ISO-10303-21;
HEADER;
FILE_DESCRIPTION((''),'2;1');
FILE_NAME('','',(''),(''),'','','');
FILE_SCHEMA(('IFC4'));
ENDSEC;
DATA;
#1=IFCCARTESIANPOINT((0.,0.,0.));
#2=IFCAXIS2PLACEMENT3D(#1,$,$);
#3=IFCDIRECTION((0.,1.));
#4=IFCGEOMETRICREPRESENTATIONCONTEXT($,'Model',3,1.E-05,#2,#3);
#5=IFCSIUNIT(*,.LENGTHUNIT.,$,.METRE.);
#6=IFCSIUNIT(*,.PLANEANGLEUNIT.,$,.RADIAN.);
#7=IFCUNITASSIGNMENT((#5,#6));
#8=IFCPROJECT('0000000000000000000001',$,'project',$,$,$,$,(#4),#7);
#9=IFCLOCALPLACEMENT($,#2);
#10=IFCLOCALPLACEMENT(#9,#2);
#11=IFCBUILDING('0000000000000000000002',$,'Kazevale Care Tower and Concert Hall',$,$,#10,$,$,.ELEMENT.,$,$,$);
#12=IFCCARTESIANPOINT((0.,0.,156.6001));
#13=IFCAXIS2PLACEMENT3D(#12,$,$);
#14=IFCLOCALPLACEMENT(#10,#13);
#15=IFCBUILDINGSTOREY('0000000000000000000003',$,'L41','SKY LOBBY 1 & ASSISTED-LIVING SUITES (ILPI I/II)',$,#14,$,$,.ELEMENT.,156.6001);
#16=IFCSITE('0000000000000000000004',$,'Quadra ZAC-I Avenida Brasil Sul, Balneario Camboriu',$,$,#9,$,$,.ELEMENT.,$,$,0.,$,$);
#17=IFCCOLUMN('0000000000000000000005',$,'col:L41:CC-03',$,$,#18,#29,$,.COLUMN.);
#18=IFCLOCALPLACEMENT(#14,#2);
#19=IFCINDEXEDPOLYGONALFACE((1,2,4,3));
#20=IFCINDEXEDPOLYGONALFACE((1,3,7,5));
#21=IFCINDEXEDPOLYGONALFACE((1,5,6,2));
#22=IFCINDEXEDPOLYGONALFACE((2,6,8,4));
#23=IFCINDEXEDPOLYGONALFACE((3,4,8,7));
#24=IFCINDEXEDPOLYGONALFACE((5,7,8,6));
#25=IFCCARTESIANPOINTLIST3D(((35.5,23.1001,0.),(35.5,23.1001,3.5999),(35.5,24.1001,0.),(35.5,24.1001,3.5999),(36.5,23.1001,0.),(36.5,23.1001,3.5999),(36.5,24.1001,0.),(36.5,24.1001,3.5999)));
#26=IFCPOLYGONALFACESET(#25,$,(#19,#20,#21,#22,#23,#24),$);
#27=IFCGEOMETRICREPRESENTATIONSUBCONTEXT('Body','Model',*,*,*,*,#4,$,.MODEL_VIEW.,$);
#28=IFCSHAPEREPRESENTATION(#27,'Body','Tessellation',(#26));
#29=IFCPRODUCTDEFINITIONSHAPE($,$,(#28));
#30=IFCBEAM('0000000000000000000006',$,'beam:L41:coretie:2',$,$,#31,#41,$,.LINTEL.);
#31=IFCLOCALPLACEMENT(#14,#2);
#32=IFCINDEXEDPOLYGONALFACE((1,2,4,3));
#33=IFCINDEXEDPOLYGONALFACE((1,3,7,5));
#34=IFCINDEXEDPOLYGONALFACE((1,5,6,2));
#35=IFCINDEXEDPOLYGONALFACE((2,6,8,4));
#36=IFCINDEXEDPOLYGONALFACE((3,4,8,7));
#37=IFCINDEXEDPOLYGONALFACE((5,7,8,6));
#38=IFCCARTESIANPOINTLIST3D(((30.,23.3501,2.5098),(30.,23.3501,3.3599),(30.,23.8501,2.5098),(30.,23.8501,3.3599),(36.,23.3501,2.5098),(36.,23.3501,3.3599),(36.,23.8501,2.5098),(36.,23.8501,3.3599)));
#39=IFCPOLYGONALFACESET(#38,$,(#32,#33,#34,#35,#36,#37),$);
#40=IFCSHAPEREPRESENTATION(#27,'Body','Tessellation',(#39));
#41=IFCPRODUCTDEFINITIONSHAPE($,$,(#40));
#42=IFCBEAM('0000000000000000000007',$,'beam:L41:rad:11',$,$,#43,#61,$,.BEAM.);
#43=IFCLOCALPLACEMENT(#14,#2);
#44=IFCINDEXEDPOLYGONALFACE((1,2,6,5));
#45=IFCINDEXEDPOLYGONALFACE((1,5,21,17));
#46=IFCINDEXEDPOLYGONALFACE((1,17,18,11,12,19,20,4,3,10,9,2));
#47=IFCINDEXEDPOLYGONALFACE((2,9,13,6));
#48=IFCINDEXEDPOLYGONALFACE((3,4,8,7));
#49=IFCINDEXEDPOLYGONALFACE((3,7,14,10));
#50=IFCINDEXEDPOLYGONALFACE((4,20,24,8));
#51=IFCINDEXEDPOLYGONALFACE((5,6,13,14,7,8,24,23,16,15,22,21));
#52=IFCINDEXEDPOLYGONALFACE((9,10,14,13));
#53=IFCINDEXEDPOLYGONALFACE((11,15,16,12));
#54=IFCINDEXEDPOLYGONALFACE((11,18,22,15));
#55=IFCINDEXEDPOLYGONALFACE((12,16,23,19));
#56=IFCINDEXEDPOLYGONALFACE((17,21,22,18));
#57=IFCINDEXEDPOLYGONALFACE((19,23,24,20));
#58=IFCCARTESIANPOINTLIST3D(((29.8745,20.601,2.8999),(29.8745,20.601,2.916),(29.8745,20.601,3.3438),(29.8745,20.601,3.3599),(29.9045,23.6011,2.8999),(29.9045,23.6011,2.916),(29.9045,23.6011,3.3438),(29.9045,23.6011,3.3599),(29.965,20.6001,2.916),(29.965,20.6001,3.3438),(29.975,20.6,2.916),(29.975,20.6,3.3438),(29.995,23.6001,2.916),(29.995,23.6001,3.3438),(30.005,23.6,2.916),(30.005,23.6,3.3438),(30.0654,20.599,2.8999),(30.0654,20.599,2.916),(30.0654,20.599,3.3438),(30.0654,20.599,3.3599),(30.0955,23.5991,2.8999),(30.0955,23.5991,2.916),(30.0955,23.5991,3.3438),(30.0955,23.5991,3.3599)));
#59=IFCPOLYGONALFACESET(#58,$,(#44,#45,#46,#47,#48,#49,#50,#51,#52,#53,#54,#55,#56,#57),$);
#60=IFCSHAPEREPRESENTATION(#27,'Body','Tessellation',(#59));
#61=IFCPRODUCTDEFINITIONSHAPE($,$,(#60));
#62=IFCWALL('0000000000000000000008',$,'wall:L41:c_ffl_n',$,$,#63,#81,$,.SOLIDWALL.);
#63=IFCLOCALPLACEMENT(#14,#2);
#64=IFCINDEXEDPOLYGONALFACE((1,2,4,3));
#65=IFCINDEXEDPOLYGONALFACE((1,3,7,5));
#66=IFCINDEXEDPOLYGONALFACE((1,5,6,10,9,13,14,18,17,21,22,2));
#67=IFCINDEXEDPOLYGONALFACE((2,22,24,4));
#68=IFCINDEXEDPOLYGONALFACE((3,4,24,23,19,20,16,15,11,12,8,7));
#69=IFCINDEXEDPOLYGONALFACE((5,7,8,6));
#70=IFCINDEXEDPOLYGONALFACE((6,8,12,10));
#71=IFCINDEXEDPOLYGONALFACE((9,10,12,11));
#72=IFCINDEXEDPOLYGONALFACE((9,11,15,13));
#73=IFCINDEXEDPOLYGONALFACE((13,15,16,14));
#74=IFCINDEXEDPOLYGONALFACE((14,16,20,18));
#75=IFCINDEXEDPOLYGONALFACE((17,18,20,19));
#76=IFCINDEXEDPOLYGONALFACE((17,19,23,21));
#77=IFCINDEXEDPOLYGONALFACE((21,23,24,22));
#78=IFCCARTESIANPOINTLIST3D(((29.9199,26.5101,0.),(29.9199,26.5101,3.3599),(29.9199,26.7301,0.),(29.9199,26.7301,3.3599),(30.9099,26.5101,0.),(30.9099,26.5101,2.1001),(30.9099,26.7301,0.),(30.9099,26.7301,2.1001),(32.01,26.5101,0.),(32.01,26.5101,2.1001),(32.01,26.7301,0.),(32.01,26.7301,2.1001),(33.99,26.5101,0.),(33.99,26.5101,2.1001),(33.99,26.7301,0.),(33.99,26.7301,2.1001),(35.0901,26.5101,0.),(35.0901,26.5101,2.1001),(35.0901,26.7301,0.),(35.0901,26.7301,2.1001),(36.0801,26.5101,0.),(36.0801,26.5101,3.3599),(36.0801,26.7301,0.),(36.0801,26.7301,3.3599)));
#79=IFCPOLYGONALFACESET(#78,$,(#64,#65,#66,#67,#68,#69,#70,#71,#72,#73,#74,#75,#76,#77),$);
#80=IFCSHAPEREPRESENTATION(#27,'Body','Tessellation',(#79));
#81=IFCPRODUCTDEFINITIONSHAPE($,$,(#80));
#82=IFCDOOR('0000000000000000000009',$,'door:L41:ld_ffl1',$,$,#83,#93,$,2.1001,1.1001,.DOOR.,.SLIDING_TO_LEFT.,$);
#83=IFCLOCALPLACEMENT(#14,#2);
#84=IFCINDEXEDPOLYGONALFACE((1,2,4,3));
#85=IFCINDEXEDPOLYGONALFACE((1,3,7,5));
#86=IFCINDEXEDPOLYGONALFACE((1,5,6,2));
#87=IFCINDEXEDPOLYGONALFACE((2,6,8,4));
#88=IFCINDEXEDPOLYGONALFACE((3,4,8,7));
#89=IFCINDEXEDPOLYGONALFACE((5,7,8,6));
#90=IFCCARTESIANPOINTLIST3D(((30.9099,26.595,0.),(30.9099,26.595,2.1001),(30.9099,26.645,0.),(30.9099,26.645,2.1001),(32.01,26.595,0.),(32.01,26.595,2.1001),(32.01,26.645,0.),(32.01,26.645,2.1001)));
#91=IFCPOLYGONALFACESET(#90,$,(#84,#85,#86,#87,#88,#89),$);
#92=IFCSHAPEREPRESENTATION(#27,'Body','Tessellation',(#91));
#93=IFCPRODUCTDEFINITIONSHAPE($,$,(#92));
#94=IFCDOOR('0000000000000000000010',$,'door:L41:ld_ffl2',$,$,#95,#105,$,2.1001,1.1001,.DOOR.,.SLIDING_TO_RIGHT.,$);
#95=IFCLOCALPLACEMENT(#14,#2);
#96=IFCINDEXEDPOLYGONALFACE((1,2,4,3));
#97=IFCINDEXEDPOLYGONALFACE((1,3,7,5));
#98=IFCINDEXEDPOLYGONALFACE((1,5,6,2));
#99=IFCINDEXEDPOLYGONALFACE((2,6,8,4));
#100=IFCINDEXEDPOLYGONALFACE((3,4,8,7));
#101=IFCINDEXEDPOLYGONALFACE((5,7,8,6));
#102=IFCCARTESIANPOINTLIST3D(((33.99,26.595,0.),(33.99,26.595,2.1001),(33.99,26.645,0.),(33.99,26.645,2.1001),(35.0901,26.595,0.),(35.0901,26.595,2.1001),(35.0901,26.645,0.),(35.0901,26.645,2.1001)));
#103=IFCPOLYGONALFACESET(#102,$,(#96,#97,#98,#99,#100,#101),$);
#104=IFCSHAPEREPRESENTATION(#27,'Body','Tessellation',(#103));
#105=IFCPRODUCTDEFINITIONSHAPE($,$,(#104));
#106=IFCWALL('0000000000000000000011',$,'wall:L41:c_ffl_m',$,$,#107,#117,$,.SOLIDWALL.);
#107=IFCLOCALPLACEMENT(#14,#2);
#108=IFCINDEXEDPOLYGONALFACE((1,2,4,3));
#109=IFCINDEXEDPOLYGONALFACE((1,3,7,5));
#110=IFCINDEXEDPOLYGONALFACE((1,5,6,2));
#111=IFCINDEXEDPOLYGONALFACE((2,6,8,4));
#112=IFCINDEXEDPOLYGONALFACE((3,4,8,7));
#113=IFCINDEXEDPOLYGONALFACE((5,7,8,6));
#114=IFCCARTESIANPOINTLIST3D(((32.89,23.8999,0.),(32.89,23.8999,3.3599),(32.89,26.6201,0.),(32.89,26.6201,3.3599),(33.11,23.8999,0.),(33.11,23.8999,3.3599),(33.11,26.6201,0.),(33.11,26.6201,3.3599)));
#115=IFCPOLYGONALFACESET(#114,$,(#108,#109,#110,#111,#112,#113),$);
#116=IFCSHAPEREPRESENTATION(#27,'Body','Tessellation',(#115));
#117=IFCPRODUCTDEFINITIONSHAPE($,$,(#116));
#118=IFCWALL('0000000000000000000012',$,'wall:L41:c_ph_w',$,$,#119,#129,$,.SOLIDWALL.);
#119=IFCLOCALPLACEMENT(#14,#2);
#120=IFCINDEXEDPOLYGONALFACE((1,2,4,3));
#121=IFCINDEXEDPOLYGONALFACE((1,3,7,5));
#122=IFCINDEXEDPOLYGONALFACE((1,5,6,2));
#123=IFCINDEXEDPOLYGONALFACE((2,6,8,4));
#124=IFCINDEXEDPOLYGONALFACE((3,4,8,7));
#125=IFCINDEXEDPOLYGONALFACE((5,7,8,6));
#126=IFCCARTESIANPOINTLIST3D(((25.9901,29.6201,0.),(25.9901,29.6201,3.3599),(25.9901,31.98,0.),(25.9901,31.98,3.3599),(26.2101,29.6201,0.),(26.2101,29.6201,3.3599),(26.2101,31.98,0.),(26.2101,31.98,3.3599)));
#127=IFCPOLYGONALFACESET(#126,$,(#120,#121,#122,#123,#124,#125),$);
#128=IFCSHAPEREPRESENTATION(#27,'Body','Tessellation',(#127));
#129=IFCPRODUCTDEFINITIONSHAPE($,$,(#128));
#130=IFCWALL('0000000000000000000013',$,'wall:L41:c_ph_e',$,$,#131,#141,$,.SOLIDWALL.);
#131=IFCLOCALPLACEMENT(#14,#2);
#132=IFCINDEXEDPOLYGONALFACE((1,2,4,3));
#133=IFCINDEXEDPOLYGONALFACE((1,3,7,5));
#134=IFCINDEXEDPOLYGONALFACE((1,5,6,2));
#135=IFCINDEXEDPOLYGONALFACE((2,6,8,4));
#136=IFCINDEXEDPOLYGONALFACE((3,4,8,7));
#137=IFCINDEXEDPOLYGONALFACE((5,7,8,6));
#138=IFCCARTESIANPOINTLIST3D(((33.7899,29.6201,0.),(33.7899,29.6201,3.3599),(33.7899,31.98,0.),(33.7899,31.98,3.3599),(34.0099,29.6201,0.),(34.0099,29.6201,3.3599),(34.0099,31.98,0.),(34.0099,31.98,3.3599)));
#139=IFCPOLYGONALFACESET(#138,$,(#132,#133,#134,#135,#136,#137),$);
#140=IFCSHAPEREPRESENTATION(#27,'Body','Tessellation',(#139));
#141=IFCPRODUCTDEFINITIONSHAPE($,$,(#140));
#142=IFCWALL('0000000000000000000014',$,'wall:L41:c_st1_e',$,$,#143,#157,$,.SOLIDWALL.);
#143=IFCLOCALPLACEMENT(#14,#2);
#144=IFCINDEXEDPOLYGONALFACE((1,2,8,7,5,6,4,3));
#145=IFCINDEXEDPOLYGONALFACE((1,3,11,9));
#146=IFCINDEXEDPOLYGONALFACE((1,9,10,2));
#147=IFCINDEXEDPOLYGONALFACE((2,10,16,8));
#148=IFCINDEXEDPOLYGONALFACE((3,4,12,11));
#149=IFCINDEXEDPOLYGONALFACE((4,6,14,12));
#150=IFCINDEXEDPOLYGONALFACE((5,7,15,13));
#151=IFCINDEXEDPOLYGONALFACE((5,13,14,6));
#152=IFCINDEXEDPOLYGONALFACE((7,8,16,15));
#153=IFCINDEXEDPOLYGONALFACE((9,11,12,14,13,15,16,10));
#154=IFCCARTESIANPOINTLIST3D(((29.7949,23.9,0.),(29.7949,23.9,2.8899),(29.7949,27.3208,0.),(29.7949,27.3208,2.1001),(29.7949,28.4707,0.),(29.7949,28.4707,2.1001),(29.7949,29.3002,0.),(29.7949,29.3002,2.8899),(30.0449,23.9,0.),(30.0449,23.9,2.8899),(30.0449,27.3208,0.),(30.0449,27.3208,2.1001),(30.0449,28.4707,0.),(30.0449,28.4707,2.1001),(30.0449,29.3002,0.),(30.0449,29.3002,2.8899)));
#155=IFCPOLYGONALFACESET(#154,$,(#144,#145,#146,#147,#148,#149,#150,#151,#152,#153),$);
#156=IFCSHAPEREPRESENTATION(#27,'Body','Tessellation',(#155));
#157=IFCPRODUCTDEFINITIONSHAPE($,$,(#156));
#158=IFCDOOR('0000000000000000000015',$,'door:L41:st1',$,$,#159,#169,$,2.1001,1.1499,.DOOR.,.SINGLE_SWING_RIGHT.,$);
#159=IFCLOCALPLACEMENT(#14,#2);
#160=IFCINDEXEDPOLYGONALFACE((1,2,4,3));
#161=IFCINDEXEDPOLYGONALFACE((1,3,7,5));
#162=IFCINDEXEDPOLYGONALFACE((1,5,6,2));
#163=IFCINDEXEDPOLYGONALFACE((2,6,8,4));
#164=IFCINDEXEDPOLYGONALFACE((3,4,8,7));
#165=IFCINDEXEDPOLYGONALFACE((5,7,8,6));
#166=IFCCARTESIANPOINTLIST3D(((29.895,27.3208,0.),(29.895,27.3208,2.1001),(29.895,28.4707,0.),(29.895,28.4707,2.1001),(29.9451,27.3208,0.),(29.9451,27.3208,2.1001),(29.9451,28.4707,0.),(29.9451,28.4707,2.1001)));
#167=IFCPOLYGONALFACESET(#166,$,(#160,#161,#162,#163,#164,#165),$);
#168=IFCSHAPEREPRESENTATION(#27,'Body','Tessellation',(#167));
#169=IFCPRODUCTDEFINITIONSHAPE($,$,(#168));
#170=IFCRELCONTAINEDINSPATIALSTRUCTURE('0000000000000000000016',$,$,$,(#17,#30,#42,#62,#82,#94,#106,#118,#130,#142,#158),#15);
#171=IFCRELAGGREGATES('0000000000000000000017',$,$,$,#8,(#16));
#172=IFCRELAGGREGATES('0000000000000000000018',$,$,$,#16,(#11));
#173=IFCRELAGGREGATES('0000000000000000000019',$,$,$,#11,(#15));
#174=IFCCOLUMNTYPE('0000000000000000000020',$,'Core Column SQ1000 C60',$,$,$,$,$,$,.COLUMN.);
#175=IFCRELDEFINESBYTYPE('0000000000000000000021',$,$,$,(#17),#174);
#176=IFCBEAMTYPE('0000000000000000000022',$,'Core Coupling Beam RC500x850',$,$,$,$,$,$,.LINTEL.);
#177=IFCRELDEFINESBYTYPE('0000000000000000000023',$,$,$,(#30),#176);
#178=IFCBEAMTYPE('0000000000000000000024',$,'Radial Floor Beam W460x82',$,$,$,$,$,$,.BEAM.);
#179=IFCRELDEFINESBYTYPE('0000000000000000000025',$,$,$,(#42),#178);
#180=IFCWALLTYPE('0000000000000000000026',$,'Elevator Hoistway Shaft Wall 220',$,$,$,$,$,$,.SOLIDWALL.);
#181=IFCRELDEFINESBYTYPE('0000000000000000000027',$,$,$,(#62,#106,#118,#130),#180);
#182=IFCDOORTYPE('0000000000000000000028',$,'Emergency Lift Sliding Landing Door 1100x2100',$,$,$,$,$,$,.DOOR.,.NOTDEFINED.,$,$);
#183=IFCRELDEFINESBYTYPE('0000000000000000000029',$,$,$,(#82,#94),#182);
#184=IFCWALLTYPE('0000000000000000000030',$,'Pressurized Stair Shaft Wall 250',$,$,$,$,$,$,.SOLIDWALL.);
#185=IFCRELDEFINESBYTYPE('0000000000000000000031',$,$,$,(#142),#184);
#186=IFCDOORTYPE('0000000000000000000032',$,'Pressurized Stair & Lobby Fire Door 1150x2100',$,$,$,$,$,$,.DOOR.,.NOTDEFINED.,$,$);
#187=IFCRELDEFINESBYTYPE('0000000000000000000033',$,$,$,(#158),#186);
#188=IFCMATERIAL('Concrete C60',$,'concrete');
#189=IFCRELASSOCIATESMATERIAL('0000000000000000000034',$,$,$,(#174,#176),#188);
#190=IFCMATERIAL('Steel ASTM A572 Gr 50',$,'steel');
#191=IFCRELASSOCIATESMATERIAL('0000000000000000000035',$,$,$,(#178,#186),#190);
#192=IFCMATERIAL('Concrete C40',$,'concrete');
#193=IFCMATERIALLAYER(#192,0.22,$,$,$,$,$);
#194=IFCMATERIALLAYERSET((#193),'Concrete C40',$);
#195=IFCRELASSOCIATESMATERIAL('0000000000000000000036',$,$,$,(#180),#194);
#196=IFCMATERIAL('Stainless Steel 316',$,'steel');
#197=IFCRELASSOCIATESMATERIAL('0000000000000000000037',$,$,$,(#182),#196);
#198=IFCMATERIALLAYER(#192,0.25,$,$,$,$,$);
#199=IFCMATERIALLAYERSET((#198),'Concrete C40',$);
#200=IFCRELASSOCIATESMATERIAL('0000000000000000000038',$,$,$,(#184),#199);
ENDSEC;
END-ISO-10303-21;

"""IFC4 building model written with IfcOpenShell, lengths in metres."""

from ifc_helpers import new_model, si_unit, direction, frame, frame_2d, origin, origin_2d, place, context, subcontext, project, spatial, rectangle, i_section, extrude, material, layer, layer_set, material_profile, profile_set, type_object, element, fill, save


model = new_model("IFC4")

# Units and contexts
model_context = context("Model", 3, precision=1e-05, world=origin(), true_north=direction((0.0, 1.0)))
body_context = subcontext(model_context, "Body", "Model", "MODEL_VIEW")
ifc_project = project(units=[si_unit("LENGTHUNIT", "METRE"), si_unit("PLANEANGLEUNIT", "RADIAN")], contexts=[model_context])

# Site, building, storey
site_placement = place(None, origin())
site = spatial("IfcSite", under=ifc_project, at=site_placement, Name="Quadra ZAC-I Avenida Brasil Sul, Balneario Camboriu", CompositionType="ELEMENT", RefElevation=0.0)
building_placement = place(site_placement, origin())
building = spatial("IfcBuilding", under=site, at=building_placement, Name="Kazevale Care Tower and Concert Hall", CompositionType="ELEMENT")
storey_placement = place(building_placement, frame((0.0, 0.0, 156.6001)))
storey = spatial("IfcBuildingStorey", under=building, at=storey_placement, Name="L41", Description="SKY LOBBY 1 & ASSISTED-LIVING SUITES (ILPI I/II)", CompositionType="ELEMENT", Elevation=156.6001)

# Column
ifc_material_1 = material(Name="Concrete C60", Category="concrete")
ifc_material_profile_1 = material_profile(ifc_material_1, rectangle(XDim=1.0, YDim=1.0, at=origin_2d()), Name="RC-SQ1000")
ifc_profile_set_1 = profile_set([ifc_material_profile_1], Name="Concrete C60")
column_type = type_object("IfcColumnType", Name="Core Column SQ1000 C60", PredefinedType="COLUMN", material=ifc_profile_set_1)
column_placement = place(storey_placement, frame((36.0, 23.6001, 0.0), z_axis=(0.0, 0.0, 1.0), x_axis=(1.0, 0.0, 0.0)))
element("IfcColumn", 1, at=column_placement, inside=storey, type_object=column_type, Name="col:L41:CC-03", PredefinedType="COLUMN", context=body_context, shape_type="SweptSolid", body=[
    extrude(rectangle(XDim=1.0, YDim=1.0, at=origin_2d()), origin(), (0.0, 0.0, 1.0), 3.5999),
])

# Beams
ifc_material_profile_2 = material_profile(ifc_material_1, rectangle(XDim=0.5, YDim=0.8501, at=origin_2d()), Name="RC-B500x850")
ifc_profile_set_2 = profile_set([ifc_material_profile_2], Name="Concrete C60")
beam_type_1 = type_object("IfcBeamType", Name="Core Coupling Beam RC500x850", PredefinedType="LINTEL", material=ifc_profile_set_2)
beam_1_placement = place(storey_placement, frame((30.0, 23.6001, 2.9348), z_axis=(1.0, 0.0, 0.0), x_axis=(0.0, 1.0, 0.0)))
element("IfcBeam", 2, at=beam_1_placement, inside=storey, type_object=beam_type_1, Name="beam:L41:coretie:2", PredefinedType="LINTEL", context=body_context, shape_type="SweptSolid", body=[
    extrude(rectangle(XDim=0.5, YDim=0.8501, at=origin_2d()), origin(), (0.0, 0.0, 1.0), 6.0),
])
ifc_material_2 = material(Name="Steel ASTM A572 Gr 50", Category="steel")
ifc_material_profile_3 = material_profile(ifc_material_2, i_section(OverallWidth=0.1909, OverallDepth=0.46, WebThickness=0.01, FlangeThickness=0.0161, at=origin_2d()), Name="W460x82")
ifc_profile_set_3 = profile_set([ifc_material_profile_3], Name="Steel ASTM A572 Gr 50")
beam_type_2 = type_object("IfcBeamType", Name="Radial Floor Beam W460x82", PredefinedType="BEAM", material=ifc_profile_set_3)
beam_2_placement = place(storey_placement, frame((30.0, 23.6001, 3.1299), z_axis=(-0.010009, -0.99995, 0.0), x_axis=(0.99995, -0.010009, 0.0)))
element("IfcBeam", 3, at=beam_2_placement, inside=storey, type_object=beam_type_2, Name="beam:L41:rad:11", PredefinedType="BEAM", context=body_context, shape_type="SweptSolid", body=[
    extrude(i_section(OverallWidth=0.1909, OverallDepth=0.46, WebThickness=0.01, FlangeThickness=0.0161, at=origin_2d()), origin(), (0.0, 0.0, 1.0), 3.0002),
])

# Wall, openings, doors
ifc_material_3 = material(Name="Concrete C40", Category="concrete")
ifc_layer_1 = layer(ifc_material_3, 0.22)
ifc_layer_set_1 = layer_set([ifc_layer_1], Name="Concrete C40")
wall_type_1 = type_object("IfcWallType", Name="Elevator Hoistway Shaft Wall 220", PredefinedType="SOLIDWALL", material=ifc_layer_set_1)
wall_1_placement = place(storey_placement, frame((29.9199, 26.6201, 0.0), z_axis=(0.0, 0.0, 1.0), x_axis=(1.0, 0.0, 0.0)))
wall_1 = element("IfcWall", 4, at=wall_1_placement, inside=storey, type_object=wall_type_1, Name="wall:L41:c_ffl_n", PredefinedType="SOLIDWALL", context=body_context, shape_type="SweptSolid", body=[
    extrude(rectangle(XDim=6.1602, YDim=0.22, at=frame_2d((3.0801, 0.0))), origin(), (0.0, 0.0, 1.0), 3.3599),
])
opening_1_placement = place(wall_1_placement, frame((0.99, 0.0, 0.0)))
opening_1 = element("IfcOpeningElement", 5, at=opening_1_placement, cuts=wall_1, PredefinedType="OPENING", context=body_context, shape_type="SweptSolid", body=[
    extrude(rectangle(XDim=1.1001, YDim=2.1001, at=frame_2d((0.55, 1.05))), frame((0.0, 0.1199, 0.0), z_axis=(0.0, -1.0, 0.0), x_axis=(1.0, 0.0, 0.0)), (0.0, 0.0, 1.0), 0.24),
])
opening_2_placement = place(wall_1_placement, frame((4.0701, 0.0, 0.0)))
opening_2 = element("IfcOpeningElement", 6, at=opening_2_placement, cuts=wall_1, PredefinedType="OPENING", context=body_context, shape_type="SweptSolid", body=[
    extrude(rectangle(XDim=1.1001, YDim=2.1001, at=frame_2d((0.55, 1.05))), frame((0.0, 0.1199, 0.0), z_axis=(0.0, -1.0, 0.0), x_axis=(1.0, 0.0, 0.0)), (0.0, 0.0, 1.0), 0.24),
])
ifc_material_4 = material(Name="Stainless Steel 316", Category="steel")
door_type_1 = type_object("IfcDoorType", Name="Emergency Lift Sliding Landing Door 1100x2100", OperationType="NOTDEFINED", PredefinedType="DOOR", material=ifc_material_4)
door_1_placement = place(opening_1_placement, origin())
door_1 = element("IfcDoor", 7, at=door_1_placement, inside=storey, type_object=door_type_1, Name="door:L41:ld_ffl1", OperationType="SLIDING_TO_LEFT", OverallHeight=2.1001, OverallWidth=1.1001, PredefinedType="DOOR", context=body_context, shape_type="SweptSolid", body=[
    extrude(rectangle(XDim=1.1001, YDim=2.1001, at=frame_2d((0.55, 1.05))), frame((0.0, 0.0249, 0.0), z_axis=(0.0, -1.0, 0.0), x_axis=(1.0, 0.0, 0.0)), (0.0, 0.0, 1.0), 0.05),
])
fill(opening_1, door_1)
door_2_placement = place(opening_2_placement, origin())
door_2 = element("IfcDoor", 8, at=door_2_placement, inside=storey, type_object=door_type_1, Name="door:L41:ld_ffl2", OperationType="SLIDING_TO_RIGHT", OverallHeight=2.1001, OverallWidth=1.1001, PredefinedType="DOOR", context=body_context, shape_type="SweptSolid", body=[
    extrude(rectangle(XDim=1.1001, YDim=2.1001, at=frame_2d((0.55, 1.05))), frame((0.0, 0.0249, 0.0), z_axis=(0.0, -1.0, 0.0), x_axis=(1.0, 0.0, 0.0)), (0.0, 0.0, 1.0), 0.05),
])
fill(opening_2, door_2)

# Walls
wall_2_placement = place(storey_placement, frame((33.0, 23.8999, 0.0), z_axis=(0.0, 0.0, 1.0), x_axis=(0.0, 1.0, 0.0)))
element("IfcWall", 9, at=wall_2_placement, inside=storey, type_object=wall_type_1, Name="wall:L41:c_ffl_m", PredefinedType="SOLIDWALL", context=body_context, shape_type="SweptSolid", body=[
    extrude(rectangle(XDim=2.7202, YDim=0.22, at=frame_2d((1.3601, 0.0))), origin(), (0.0, 0.0, 1.0), 3.3599),
])
for number, where, z_axis, x_axis, name in (
    (10, (26.1001, 29.6201, 0.0), (0.0, 0.0, 1.0), (0.0, 1.0, 0.0), "wall:L41:c_ph_w"),
    (11, (33.8999, 29.6201, 0.0), (0.0, 0.0, 1.0), (0.0, 1.0, 0.0), "wall:L41:c_ph_e"),
):
    element("IfcWall", number, at=place(storey_placement, frame(where, z_axis=z_axis, x_axis=x_axis)), inside=storey, type_object=wall_type_1, Name=name, PredefinedType="SOLIDWALL", context=body_context, shape_type="SweptSolid", body=[
        extrude(rectangle(XDim=2.3599, YDim=0.22, at=frame_2d((1.1799, 0.0))), origin(), (0.0, 0.0, 1.0), 3.3599),
    ])

# Wall, opening, door
ifc_layer_2 = layer(ifc_material_3, 0.25)
ifc_layer_set_2 = layer_set([ifc_layer_2], Name="Concrete C40")
wall_type_2 = type_object("IfcWallType", Name="Pressurized Stair Shaft Wall 250", PredefinedType="SOLIDWALL", material=ifc_layer_set_2)
wall_3_placement = place(storey_placement, frame((29.9199, 23.8999, 0.0), z_axis=(0.0, 0.0, 1.0), x_axis=(0.0, 1.0, 0.0)))
wall_3 = element("IfcWall", 12, at=wall_3_placement, inside=storey, type_object=wall_type_2, Name="wall:L41:c_st1_e", PredefinedType="SOLIDWALL", context=body_context, shape_type="SweptSolid", body=[
    extrude(rectangle(XDim=5.4001, YDim=0.25, at=frame_2d((2.7002, 0.0))), origin(), (0.0, 0.0, 1.0), 2.8899),
])
opening_3_placement = place(wall_3_placement, frame((3.4209, 0.0, 0.0)))
opening_3 = element("IfcOpeningElement", 13, at=opening_3_placement, cuts=wall_3, PredefinedType="OPENING", context=body_context, shape_type="SweptSolid", body=[
    extrude(rectangle(XDim=1.1499, YDim=2.1001, at=frame_2d((0.575, 1.05))), frame((0.0, 0.135, 0.0), z_axis=(0.0, -1.0, 0.0), x_axis=(1.0, 0.0, 0.0)), (0.0, 0.0, 1.0), 0.27),
])
door_type_2 = type_object("IfcDoorType", Name="Pressurized Stair & Lobby Fire Door 1150x2100", OperationType="NOTDEFINED", PredefinedType="DOOR", material=ifc_material_2)
door_3_placement = place(opening_3_placement, origin())
door_3 = element("IfcDoor", 14, at=door_3_placement, inside=storey, type_object=door_type_2, Name="door:L41:st1", OperationType="SINGLE_SWING_RIGHT", OverallHeight=2.1001, OverallWidth=1.1499, PredefinedType="DOOR", context=body_context, shape_type="SweptSolid", body=[
    extrude(rectangle(XDim=1.1499, YDim=2.1001, at=frame_2d((0.575, 1.05))), frame((0.0, 0.0249, 0.0), z_axis=(0.0, -1.0, 0.0), x_axis=(1.0, 0.0, 0.0)), (0.0, 0.0, 1.0), 0.05),
])
fill(opening_3, door_3)

save(model, "model.ifc")
